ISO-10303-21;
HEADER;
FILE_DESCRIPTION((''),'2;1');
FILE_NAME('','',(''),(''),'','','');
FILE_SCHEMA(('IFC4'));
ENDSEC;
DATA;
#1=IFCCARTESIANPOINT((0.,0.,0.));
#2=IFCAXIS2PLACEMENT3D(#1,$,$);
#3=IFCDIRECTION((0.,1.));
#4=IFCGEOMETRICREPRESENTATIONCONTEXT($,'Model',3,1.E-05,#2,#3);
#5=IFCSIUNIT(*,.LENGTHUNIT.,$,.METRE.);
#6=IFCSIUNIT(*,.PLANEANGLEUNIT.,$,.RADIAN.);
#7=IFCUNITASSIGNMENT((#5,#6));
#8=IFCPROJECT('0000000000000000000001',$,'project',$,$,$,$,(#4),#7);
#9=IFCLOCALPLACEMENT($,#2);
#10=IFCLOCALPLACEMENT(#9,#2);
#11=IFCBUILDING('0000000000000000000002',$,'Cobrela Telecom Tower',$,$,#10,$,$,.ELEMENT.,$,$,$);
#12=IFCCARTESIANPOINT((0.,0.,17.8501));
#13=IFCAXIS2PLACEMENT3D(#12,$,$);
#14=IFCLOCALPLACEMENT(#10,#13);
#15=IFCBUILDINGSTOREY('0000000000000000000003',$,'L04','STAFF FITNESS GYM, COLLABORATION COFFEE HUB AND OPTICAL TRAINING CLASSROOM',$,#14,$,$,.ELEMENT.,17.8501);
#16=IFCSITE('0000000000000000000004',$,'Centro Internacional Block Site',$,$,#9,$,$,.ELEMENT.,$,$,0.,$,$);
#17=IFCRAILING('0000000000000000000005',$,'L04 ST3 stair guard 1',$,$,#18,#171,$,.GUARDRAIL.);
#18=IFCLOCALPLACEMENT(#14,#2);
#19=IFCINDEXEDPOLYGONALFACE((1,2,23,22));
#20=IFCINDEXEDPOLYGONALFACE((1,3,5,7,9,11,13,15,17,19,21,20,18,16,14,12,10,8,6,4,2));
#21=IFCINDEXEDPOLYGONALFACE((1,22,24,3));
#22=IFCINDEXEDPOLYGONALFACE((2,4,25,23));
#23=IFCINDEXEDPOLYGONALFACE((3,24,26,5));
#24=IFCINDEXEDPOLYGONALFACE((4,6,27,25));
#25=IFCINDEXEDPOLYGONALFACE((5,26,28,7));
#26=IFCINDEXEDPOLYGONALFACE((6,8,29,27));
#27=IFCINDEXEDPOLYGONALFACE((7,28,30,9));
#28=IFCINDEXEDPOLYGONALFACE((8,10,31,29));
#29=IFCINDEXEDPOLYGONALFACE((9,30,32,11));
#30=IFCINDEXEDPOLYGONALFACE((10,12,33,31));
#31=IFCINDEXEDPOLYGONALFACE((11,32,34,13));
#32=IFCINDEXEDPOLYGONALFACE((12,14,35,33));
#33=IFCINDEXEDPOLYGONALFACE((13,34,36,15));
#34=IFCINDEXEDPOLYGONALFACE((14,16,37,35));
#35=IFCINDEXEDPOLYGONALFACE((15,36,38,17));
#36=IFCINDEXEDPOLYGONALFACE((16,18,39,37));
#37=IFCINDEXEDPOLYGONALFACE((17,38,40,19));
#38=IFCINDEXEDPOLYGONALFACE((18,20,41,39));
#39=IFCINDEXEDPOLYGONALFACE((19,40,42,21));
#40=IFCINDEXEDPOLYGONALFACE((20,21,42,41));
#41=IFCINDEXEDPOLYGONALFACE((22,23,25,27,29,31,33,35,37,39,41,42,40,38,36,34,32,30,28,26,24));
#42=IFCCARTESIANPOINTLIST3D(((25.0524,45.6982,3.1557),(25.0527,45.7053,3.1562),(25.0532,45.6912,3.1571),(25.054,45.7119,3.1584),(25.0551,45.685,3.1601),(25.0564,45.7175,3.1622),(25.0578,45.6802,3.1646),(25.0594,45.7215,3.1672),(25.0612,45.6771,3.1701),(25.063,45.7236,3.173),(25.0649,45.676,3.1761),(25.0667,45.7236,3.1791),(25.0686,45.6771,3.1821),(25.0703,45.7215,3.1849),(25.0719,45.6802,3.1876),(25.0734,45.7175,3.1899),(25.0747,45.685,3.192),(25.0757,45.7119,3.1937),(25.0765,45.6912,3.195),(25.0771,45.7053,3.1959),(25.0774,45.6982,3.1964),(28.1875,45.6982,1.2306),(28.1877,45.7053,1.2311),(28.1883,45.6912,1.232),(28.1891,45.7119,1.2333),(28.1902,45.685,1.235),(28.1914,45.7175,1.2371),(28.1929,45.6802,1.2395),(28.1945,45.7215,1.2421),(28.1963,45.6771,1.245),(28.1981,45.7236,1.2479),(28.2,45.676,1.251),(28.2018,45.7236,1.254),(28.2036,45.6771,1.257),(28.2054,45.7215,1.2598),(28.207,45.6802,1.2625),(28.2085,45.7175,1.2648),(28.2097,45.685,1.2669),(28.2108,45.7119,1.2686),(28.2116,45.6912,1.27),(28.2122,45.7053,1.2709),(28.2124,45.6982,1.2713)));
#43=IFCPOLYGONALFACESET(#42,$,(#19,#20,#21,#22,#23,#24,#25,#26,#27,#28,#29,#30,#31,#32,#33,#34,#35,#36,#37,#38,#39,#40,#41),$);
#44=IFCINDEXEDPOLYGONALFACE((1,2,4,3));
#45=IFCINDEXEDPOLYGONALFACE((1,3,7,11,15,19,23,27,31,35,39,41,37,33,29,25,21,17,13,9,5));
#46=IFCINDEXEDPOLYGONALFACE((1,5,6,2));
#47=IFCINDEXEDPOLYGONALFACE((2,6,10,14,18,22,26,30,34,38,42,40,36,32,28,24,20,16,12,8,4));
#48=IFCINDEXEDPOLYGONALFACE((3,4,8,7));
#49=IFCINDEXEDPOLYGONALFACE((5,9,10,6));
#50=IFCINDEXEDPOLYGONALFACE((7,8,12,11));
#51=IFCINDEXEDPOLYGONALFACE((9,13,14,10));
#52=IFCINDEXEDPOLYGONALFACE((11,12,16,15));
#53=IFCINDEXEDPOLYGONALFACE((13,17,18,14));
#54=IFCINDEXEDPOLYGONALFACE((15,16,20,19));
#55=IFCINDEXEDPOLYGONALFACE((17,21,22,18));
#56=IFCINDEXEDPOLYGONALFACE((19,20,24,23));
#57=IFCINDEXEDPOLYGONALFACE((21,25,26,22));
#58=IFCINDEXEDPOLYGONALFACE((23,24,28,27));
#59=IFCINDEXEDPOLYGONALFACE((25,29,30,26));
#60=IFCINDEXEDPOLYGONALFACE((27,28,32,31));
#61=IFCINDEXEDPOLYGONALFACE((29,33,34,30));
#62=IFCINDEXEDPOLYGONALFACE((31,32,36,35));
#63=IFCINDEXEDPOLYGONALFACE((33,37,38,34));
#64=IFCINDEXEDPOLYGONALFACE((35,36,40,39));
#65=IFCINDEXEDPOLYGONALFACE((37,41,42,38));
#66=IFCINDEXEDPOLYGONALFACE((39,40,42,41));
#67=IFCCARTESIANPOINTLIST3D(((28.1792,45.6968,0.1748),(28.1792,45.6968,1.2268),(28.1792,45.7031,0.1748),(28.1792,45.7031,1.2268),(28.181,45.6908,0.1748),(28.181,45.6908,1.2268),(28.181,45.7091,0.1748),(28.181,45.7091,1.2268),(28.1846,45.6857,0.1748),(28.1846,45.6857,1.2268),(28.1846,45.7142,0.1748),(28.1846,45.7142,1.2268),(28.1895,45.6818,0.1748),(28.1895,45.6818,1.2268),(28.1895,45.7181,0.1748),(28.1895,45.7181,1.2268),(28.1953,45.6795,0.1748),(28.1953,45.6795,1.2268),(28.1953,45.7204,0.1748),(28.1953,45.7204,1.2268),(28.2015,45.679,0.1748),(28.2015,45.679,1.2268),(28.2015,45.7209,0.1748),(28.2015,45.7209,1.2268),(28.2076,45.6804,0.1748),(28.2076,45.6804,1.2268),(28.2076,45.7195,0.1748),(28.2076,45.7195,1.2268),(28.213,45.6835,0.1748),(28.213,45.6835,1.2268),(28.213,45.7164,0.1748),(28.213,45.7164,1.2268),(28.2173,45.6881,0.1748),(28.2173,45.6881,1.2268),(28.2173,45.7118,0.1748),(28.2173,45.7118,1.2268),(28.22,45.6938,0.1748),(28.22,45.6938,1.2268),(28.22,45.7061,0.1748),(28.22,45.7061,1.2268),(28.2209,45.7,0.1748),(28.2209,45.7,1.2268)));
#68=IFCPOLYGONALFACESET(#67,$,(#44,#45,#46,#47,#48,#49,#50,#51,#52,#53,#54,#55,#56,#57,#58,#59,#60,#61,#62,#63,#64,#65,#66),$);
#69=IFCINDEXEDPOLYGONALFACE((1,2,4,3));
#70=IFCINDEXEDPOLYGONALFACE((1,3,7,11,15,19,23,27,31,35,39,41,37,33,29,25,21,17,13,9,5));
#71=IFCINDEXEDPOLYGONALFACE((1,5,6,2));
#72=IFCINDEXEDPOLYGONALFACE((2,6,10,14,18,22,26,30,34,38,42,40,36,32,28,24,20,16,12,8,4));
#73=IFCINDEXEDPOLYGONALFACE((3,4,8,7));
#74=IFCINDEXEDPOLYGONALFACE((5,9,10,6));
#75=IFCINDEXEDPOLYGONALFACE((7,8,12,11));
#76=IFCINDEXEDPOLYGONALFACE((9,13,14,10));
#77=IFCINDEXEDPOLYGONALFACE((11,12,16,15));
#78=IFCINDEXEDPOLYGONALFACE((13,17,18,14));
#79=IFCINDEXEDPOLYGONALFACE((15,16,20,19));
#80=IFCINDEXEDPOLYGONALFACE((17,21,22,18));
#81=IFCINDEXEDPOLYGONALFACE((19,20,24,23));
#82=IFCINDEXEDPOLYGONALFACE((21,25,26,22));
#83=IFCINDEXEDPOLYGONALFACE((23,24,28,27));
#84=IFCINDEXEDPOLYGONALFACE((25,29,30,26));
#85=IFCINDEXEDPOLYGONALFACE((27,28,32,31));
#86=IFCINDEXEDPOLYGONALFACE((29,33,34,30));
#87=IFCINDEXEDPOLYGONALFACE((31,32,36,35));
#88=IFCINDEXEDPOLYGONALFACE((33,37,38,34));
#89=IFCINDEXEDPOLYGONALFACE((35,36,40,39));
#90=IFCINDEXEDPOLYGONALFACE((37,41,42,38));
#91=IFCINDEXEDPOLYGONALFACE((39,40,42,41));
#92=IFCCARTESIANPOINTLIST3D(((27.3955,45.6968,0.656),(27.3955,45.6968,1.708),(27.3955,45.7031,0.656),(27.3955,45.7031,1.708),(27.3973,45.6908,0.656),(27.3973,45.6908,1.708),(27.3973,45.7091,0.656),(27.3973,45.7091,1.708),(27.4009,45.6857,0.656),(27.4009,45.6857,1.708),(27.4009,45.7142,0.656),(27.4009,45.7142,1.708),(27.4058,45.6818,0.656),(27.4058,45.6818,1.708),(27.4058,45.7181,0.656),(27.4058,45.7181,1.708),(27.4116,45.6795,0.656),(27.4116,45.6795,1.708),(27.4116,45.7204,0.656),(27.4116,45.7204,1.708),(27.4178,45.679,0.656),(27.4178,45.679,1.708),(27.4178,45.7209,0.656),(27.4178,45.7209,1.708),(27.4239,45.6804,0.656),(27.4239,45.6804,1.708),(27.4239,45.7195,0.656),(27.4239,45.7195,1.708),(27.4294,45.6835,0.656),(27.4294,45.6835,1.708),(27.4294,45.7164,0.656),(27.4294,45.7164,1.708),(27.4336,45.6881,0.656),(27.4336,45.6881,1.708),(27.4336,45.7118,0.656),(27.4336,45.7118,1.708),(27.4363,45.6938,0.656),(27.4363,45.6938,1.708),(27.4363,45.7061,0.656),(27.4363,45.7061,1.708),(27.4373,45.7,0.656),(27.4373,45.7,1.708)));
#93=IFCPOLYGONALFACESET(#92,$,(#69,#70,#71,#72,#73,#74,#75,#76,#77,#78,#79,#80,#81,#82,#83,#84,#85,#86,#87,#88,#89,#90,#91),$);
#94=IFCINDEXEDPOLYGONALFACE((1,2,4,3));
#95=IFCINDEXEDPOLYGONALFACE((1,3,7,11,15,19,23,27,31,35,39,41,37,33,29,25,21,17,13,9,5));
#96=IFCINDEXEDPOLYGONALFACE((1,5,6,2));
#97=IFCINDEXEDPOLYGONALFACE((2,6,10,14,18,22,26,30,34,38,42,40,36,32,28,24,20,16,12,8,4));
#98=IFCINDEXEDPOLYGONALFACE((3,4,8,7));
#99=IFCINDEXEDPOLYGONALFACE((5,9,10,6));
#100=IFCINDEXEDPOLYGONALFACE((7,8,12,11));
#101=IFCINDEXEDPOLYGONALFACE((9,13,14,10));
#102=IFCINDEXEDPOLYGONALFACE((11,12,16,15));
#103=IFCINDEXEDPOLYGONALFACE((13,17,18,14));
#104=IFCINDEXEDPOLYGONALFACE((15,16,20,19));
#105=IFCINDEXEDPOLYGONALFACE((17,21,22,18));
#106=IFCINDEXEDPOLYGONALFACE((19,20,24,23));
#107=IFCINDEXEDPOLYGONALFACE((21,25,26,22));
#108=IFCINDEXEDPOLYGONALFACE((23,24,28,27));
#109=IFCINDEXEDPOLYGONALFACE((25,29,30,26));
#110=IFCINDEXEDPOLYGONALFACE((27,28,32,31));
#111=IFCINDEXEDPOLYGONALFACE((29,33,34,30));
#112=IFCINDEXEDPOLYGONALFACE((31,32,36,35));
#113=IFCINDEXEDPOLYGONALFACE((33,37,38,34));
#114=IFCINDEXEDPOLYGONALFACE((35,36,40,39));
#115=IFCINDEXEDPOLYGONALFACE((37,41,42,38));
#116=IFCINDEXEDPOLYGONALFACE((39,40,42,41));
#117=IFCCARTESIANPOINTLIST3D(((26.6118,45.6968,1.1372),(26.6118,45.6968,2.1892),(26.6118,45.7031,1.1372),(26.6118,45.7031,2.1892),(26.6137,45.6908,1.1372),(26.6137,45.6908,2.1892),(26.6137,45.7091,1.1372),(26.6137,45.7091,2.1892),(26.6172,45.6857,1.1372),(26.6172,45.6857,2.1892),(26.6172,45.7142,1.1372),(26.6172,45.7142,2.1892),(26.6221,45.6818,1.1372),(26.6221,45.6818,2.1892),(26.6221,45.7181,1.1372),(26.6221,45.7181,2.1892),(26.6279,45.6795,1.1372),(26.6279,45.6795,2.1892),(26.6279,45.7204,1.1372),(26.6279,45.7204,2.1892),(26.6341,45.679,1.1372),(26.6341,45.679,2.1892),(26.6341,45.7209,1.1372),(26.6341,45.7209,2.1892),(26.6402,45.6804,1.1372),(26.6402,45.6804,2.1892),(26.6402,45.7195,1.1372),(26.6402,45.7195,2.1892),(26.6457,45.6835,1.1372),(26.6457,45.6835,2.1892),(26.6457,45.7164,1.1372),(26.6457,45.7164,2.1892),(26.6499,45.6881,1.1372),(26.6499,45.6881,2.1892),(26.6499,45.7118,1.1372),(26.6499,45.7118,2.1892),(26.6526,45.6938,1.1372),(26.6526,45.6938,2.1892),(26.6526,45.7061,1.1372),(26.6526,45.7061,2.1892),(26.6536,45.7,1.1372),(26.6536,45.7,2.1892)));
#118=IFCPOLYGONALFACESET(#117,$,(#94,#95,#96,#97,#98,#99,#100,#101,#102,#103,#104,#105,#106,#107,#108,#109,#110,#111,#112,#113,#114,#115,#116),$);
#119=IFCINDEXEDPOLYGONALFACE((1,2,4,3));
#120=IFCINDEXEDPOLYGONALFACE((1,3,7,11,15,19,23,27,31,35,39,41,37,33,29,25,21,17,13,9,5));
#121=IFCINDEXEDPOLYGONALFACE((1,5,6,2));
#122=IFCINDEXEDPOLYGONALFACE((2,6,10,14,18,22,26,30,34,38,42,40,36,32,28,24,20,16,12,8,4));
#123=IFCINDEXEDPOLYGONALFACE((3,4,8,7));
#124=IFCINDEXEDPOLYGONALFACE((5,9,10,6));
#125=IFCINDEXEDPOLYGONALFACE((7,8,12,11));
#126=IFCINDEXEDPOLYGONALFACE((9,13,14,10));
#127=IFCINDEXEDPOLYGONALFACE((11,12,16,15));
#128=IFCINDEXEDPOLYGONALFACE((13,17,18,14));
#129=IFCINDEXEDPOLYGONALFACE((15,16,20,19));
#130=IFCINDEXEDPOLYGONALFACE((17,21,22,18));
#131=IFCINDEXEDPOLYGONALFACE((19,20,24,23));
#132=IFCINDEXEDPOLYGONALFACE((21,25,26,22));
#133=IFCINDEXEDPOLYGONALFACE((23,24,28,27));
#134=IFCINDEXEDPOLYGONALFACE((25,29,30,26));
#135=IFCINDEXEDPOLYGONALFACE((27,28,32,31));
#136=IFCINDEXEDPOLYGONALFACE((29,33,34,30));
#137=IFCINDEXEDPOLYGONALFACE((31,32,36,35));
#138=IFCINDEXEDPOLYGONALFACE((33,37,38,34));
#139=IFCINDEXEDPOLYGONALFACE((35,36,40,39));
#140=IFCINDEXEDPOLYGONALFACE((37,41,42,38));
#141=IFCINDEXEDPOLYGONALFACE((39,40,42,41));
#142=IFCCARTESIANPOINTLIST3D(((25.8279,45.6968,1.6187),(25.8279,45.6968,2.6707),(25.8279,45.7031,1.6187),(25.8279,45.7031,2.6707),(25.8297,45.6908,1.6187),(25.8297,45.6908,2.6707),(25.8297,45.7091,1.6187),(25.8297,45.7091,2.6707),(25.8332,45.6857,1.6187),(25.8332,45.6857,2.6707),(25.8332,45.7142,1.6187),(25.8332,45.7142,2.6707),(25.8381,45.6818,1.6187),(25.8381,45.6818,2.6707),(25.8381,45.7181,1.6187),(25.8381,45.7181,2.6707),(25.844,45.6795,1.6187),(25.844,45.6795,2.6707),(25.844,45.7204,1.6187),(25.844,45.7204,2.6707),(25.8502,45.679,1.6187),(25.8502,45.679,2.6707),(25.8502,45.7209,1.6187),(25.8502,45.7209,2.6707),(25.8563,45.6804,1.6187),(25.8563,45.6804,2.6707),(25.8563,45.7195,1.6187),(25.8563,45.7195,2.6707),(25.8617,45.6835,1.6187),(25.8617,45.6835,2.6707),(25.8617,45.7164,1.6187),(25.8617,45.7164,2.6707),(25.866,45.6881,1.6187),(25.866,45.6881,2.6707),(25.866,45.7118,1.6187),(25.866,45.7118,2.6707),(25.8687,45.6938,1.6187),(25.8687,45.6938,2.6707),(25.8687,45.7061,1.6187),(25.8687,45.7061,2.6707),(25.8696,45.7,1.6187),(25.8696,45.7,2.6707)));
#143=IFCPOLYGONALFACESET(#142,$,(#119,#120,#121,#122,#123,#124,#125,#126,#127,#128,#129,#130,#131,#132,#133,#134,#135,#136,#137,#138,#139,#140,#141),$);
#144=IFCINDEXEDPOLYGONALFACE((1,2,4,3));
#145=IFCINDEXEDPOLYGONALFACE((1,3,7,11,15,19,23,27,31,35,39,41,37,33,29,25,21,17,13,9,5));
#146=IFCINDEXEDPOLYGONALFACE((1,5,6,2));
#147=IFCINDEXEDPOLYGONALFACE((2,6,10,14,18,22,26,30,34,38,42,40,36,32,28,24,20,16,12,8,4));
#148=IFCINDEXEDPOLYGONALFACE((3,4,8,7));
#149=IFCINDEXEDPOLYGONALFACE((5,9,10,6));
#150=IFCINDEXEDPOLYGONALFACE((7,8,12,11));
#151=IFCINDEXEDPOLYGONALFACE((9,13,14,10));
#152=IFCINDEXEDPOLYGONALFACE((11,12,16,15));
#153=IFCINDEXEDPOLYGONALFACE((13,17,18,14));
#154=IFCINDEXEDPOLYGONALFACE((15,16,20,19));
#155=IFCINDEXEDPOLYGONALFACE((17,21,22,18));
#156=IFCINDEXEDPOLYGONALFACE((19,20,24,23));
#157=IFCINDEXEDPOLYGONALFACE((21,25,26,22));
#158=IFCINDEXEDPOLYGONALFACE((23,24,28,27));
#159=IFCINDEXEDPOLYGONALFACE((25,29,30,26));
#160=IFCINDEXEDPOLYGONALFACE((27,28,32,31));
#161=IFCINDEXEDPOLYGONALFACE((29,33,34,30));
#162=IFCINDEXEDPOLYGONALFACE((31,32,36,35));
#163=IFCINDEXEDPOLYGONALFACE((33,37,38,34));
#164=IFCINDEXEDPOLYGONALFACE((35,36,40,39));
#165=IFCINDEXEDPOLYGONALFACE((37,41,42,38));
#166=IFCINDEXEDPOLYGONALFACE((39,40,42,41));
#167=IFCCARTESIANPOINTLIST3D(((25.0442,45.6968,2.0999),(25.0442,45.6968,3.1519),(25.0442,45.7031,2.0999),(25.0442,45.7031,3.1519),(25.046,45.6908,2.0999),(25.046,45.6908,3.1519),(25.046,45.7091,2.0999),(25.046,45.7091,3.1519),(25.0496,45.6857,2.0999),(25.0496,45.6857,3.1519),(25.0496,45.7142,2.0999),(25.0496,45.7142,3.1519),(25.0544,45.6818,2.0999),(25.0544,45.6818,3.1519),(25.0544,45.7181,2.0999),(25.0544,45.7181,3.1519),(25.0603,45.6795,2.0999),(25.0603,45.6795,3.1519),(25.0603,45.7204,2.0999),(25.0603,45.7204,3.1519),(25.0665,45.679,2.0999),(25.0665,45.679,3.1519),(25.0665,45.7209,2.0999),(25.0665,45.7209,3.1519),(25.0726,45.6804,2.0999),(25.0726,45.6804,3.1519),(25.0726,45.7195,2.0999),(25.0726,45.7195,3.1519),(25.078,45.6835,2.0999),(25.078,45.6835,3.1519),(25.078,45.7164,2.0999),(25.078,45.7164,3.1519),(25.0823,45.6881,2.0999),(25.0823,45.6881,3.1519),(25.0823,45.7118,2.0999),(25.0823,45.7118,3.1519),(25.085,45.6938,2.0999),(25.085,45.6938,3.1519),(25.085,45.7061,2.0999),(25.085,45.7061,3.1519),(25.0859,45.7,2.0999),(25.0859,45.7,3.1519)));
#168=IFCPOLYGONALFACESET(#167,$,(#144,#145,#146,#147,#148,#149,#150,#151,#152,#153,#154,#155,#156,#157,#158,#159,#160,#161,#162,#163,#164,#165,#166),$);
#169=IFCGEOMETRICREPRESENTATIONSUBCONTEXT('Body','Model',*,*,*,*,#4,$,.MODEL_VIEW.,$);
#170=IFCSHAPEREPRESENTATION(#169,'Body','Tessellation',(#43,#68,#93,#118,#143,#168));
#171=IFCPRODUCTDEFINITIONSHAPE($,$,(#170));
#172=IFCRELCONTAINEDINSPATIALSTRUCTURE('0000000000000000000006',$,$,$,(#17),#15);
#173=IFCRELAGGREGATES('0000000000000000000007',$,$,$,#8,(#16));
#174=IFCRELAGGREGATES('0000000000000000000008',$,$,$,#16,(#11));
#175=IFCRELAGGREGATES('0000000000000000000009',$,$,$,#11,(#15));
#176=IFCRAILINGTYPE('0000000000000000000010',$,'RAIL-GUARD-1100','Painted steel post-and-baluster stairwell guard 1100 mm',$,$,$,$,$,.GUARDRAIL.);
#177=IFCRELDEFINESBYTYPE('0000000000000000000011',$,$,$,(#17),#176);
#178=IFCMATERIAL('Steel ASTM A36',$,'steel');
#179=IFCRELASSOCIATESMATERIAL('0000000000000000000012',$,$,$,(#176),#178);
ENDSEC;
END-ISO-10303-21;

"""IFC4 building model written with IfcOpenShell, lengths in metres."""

from ifc_helpers import new_model, si_unit, direction, frame, origin, origin_2d, place, context, subcontext, project, spatial, circle, extrude, material, type_object, element, save


model = new_model("IFC4")

# Units and contexts
model_context = context("Model", 3, precision=1e-05, world=origin(), true_north=direction((0.0, 1.0)))
body_context = subcontext(model_context, "Body", "Model", "MODEL_VIEW")
ifc_project = project(units=[si_unit("LENGTHUNIT", "METRE"), si_unit("PLANEANGLEUNIT", "RADIAN")], contexts=[model_context])

# Site, building, storey
site_placement = place(None, origin())
site = spatial("IfcSite", under=ifc_project, at=site_placement, Name="Centro Internacional Block Site", CompositionType="ELEMENT", RefElevation=0.0)
building_placement = place(site_placement, origin())
building = spatial("IfcBuilding", under=site, at=building_placement, Name="Cobrela Telecom Tower", CompositionType="ELEMENT")
storey_placement = place(building_placement, frame((0.0, 0.0, 17.8501)))
storey = spatial("IfcBuildingStorey", under=building, at=storey_placement, Name="L04", Description="STAFF FITNESS GYM, COLLABORATION COFFEE HUB AND OPTICAL TRAINING CLASSROOM", CompositionType="ELEMENT", Elevation=17.8501)

# Shared definitions
ifc_material_1 = material(Name="Steel ASTM A36", Category="steel")

# Railing
railing_type_1 = type_object("IfcRailingType", Name="RAIL-GUARD-1100", Description="Painted steel post-and-baluster stairwell guard 1100 mm", PredefinedType="GUARDRAIL", material=ifc_material_1)
railing_1_placement = place(storey_placement, frame((28.2, 45.7, 0.1748)))
element("IfcRailing", 1, at=railing_1_placement, inside=storey, type_object=railing_type_1, Name="L04 ST3 stair guard 1", PredefinedType="GUARDRAIL", context=body_context, shape_type="SweptSolid", body=[
    extrude(circle(Radius=0.0239, at=origin_2d()), frame((0.0, 0.0, 1.0762), z_axis=(-0.852166, 0.0, 0.523271), x_axis=(0.0, -1.0, 0.0)), (0.0, 0.0, 1.0), 3.679),
    extrude(circle(Radius=0.021, at=origin_2d()), origin(), (0.0, 0.0, 1.0), 1.052),
    extrude(circle(Radius=0.021, at=origin_2d()), frame((-0.7837, 0.0, 0.4812)), (0.0, 0.0, 1.0), 1.052),
    extrude(circle(Radius=0.021, at=origin_2d()), frame((-1.5674, 0.0, 0.9624)), (0.0, 0.0, 1.0), 1.052),
    extrude(circle(Radius=0.021, at=origin_2d()), frame((-2.3513, 0.0, 1.4438)), (0.0, 0.0, 1.0), 1.052),
    extrude(circle(Radius=0.021, at=origin_2d()), frame((-3.135, 0.0, 1.925)), (0.0, 0.0, 1.0), 1.052),
])

save(model, "model.ifc")
